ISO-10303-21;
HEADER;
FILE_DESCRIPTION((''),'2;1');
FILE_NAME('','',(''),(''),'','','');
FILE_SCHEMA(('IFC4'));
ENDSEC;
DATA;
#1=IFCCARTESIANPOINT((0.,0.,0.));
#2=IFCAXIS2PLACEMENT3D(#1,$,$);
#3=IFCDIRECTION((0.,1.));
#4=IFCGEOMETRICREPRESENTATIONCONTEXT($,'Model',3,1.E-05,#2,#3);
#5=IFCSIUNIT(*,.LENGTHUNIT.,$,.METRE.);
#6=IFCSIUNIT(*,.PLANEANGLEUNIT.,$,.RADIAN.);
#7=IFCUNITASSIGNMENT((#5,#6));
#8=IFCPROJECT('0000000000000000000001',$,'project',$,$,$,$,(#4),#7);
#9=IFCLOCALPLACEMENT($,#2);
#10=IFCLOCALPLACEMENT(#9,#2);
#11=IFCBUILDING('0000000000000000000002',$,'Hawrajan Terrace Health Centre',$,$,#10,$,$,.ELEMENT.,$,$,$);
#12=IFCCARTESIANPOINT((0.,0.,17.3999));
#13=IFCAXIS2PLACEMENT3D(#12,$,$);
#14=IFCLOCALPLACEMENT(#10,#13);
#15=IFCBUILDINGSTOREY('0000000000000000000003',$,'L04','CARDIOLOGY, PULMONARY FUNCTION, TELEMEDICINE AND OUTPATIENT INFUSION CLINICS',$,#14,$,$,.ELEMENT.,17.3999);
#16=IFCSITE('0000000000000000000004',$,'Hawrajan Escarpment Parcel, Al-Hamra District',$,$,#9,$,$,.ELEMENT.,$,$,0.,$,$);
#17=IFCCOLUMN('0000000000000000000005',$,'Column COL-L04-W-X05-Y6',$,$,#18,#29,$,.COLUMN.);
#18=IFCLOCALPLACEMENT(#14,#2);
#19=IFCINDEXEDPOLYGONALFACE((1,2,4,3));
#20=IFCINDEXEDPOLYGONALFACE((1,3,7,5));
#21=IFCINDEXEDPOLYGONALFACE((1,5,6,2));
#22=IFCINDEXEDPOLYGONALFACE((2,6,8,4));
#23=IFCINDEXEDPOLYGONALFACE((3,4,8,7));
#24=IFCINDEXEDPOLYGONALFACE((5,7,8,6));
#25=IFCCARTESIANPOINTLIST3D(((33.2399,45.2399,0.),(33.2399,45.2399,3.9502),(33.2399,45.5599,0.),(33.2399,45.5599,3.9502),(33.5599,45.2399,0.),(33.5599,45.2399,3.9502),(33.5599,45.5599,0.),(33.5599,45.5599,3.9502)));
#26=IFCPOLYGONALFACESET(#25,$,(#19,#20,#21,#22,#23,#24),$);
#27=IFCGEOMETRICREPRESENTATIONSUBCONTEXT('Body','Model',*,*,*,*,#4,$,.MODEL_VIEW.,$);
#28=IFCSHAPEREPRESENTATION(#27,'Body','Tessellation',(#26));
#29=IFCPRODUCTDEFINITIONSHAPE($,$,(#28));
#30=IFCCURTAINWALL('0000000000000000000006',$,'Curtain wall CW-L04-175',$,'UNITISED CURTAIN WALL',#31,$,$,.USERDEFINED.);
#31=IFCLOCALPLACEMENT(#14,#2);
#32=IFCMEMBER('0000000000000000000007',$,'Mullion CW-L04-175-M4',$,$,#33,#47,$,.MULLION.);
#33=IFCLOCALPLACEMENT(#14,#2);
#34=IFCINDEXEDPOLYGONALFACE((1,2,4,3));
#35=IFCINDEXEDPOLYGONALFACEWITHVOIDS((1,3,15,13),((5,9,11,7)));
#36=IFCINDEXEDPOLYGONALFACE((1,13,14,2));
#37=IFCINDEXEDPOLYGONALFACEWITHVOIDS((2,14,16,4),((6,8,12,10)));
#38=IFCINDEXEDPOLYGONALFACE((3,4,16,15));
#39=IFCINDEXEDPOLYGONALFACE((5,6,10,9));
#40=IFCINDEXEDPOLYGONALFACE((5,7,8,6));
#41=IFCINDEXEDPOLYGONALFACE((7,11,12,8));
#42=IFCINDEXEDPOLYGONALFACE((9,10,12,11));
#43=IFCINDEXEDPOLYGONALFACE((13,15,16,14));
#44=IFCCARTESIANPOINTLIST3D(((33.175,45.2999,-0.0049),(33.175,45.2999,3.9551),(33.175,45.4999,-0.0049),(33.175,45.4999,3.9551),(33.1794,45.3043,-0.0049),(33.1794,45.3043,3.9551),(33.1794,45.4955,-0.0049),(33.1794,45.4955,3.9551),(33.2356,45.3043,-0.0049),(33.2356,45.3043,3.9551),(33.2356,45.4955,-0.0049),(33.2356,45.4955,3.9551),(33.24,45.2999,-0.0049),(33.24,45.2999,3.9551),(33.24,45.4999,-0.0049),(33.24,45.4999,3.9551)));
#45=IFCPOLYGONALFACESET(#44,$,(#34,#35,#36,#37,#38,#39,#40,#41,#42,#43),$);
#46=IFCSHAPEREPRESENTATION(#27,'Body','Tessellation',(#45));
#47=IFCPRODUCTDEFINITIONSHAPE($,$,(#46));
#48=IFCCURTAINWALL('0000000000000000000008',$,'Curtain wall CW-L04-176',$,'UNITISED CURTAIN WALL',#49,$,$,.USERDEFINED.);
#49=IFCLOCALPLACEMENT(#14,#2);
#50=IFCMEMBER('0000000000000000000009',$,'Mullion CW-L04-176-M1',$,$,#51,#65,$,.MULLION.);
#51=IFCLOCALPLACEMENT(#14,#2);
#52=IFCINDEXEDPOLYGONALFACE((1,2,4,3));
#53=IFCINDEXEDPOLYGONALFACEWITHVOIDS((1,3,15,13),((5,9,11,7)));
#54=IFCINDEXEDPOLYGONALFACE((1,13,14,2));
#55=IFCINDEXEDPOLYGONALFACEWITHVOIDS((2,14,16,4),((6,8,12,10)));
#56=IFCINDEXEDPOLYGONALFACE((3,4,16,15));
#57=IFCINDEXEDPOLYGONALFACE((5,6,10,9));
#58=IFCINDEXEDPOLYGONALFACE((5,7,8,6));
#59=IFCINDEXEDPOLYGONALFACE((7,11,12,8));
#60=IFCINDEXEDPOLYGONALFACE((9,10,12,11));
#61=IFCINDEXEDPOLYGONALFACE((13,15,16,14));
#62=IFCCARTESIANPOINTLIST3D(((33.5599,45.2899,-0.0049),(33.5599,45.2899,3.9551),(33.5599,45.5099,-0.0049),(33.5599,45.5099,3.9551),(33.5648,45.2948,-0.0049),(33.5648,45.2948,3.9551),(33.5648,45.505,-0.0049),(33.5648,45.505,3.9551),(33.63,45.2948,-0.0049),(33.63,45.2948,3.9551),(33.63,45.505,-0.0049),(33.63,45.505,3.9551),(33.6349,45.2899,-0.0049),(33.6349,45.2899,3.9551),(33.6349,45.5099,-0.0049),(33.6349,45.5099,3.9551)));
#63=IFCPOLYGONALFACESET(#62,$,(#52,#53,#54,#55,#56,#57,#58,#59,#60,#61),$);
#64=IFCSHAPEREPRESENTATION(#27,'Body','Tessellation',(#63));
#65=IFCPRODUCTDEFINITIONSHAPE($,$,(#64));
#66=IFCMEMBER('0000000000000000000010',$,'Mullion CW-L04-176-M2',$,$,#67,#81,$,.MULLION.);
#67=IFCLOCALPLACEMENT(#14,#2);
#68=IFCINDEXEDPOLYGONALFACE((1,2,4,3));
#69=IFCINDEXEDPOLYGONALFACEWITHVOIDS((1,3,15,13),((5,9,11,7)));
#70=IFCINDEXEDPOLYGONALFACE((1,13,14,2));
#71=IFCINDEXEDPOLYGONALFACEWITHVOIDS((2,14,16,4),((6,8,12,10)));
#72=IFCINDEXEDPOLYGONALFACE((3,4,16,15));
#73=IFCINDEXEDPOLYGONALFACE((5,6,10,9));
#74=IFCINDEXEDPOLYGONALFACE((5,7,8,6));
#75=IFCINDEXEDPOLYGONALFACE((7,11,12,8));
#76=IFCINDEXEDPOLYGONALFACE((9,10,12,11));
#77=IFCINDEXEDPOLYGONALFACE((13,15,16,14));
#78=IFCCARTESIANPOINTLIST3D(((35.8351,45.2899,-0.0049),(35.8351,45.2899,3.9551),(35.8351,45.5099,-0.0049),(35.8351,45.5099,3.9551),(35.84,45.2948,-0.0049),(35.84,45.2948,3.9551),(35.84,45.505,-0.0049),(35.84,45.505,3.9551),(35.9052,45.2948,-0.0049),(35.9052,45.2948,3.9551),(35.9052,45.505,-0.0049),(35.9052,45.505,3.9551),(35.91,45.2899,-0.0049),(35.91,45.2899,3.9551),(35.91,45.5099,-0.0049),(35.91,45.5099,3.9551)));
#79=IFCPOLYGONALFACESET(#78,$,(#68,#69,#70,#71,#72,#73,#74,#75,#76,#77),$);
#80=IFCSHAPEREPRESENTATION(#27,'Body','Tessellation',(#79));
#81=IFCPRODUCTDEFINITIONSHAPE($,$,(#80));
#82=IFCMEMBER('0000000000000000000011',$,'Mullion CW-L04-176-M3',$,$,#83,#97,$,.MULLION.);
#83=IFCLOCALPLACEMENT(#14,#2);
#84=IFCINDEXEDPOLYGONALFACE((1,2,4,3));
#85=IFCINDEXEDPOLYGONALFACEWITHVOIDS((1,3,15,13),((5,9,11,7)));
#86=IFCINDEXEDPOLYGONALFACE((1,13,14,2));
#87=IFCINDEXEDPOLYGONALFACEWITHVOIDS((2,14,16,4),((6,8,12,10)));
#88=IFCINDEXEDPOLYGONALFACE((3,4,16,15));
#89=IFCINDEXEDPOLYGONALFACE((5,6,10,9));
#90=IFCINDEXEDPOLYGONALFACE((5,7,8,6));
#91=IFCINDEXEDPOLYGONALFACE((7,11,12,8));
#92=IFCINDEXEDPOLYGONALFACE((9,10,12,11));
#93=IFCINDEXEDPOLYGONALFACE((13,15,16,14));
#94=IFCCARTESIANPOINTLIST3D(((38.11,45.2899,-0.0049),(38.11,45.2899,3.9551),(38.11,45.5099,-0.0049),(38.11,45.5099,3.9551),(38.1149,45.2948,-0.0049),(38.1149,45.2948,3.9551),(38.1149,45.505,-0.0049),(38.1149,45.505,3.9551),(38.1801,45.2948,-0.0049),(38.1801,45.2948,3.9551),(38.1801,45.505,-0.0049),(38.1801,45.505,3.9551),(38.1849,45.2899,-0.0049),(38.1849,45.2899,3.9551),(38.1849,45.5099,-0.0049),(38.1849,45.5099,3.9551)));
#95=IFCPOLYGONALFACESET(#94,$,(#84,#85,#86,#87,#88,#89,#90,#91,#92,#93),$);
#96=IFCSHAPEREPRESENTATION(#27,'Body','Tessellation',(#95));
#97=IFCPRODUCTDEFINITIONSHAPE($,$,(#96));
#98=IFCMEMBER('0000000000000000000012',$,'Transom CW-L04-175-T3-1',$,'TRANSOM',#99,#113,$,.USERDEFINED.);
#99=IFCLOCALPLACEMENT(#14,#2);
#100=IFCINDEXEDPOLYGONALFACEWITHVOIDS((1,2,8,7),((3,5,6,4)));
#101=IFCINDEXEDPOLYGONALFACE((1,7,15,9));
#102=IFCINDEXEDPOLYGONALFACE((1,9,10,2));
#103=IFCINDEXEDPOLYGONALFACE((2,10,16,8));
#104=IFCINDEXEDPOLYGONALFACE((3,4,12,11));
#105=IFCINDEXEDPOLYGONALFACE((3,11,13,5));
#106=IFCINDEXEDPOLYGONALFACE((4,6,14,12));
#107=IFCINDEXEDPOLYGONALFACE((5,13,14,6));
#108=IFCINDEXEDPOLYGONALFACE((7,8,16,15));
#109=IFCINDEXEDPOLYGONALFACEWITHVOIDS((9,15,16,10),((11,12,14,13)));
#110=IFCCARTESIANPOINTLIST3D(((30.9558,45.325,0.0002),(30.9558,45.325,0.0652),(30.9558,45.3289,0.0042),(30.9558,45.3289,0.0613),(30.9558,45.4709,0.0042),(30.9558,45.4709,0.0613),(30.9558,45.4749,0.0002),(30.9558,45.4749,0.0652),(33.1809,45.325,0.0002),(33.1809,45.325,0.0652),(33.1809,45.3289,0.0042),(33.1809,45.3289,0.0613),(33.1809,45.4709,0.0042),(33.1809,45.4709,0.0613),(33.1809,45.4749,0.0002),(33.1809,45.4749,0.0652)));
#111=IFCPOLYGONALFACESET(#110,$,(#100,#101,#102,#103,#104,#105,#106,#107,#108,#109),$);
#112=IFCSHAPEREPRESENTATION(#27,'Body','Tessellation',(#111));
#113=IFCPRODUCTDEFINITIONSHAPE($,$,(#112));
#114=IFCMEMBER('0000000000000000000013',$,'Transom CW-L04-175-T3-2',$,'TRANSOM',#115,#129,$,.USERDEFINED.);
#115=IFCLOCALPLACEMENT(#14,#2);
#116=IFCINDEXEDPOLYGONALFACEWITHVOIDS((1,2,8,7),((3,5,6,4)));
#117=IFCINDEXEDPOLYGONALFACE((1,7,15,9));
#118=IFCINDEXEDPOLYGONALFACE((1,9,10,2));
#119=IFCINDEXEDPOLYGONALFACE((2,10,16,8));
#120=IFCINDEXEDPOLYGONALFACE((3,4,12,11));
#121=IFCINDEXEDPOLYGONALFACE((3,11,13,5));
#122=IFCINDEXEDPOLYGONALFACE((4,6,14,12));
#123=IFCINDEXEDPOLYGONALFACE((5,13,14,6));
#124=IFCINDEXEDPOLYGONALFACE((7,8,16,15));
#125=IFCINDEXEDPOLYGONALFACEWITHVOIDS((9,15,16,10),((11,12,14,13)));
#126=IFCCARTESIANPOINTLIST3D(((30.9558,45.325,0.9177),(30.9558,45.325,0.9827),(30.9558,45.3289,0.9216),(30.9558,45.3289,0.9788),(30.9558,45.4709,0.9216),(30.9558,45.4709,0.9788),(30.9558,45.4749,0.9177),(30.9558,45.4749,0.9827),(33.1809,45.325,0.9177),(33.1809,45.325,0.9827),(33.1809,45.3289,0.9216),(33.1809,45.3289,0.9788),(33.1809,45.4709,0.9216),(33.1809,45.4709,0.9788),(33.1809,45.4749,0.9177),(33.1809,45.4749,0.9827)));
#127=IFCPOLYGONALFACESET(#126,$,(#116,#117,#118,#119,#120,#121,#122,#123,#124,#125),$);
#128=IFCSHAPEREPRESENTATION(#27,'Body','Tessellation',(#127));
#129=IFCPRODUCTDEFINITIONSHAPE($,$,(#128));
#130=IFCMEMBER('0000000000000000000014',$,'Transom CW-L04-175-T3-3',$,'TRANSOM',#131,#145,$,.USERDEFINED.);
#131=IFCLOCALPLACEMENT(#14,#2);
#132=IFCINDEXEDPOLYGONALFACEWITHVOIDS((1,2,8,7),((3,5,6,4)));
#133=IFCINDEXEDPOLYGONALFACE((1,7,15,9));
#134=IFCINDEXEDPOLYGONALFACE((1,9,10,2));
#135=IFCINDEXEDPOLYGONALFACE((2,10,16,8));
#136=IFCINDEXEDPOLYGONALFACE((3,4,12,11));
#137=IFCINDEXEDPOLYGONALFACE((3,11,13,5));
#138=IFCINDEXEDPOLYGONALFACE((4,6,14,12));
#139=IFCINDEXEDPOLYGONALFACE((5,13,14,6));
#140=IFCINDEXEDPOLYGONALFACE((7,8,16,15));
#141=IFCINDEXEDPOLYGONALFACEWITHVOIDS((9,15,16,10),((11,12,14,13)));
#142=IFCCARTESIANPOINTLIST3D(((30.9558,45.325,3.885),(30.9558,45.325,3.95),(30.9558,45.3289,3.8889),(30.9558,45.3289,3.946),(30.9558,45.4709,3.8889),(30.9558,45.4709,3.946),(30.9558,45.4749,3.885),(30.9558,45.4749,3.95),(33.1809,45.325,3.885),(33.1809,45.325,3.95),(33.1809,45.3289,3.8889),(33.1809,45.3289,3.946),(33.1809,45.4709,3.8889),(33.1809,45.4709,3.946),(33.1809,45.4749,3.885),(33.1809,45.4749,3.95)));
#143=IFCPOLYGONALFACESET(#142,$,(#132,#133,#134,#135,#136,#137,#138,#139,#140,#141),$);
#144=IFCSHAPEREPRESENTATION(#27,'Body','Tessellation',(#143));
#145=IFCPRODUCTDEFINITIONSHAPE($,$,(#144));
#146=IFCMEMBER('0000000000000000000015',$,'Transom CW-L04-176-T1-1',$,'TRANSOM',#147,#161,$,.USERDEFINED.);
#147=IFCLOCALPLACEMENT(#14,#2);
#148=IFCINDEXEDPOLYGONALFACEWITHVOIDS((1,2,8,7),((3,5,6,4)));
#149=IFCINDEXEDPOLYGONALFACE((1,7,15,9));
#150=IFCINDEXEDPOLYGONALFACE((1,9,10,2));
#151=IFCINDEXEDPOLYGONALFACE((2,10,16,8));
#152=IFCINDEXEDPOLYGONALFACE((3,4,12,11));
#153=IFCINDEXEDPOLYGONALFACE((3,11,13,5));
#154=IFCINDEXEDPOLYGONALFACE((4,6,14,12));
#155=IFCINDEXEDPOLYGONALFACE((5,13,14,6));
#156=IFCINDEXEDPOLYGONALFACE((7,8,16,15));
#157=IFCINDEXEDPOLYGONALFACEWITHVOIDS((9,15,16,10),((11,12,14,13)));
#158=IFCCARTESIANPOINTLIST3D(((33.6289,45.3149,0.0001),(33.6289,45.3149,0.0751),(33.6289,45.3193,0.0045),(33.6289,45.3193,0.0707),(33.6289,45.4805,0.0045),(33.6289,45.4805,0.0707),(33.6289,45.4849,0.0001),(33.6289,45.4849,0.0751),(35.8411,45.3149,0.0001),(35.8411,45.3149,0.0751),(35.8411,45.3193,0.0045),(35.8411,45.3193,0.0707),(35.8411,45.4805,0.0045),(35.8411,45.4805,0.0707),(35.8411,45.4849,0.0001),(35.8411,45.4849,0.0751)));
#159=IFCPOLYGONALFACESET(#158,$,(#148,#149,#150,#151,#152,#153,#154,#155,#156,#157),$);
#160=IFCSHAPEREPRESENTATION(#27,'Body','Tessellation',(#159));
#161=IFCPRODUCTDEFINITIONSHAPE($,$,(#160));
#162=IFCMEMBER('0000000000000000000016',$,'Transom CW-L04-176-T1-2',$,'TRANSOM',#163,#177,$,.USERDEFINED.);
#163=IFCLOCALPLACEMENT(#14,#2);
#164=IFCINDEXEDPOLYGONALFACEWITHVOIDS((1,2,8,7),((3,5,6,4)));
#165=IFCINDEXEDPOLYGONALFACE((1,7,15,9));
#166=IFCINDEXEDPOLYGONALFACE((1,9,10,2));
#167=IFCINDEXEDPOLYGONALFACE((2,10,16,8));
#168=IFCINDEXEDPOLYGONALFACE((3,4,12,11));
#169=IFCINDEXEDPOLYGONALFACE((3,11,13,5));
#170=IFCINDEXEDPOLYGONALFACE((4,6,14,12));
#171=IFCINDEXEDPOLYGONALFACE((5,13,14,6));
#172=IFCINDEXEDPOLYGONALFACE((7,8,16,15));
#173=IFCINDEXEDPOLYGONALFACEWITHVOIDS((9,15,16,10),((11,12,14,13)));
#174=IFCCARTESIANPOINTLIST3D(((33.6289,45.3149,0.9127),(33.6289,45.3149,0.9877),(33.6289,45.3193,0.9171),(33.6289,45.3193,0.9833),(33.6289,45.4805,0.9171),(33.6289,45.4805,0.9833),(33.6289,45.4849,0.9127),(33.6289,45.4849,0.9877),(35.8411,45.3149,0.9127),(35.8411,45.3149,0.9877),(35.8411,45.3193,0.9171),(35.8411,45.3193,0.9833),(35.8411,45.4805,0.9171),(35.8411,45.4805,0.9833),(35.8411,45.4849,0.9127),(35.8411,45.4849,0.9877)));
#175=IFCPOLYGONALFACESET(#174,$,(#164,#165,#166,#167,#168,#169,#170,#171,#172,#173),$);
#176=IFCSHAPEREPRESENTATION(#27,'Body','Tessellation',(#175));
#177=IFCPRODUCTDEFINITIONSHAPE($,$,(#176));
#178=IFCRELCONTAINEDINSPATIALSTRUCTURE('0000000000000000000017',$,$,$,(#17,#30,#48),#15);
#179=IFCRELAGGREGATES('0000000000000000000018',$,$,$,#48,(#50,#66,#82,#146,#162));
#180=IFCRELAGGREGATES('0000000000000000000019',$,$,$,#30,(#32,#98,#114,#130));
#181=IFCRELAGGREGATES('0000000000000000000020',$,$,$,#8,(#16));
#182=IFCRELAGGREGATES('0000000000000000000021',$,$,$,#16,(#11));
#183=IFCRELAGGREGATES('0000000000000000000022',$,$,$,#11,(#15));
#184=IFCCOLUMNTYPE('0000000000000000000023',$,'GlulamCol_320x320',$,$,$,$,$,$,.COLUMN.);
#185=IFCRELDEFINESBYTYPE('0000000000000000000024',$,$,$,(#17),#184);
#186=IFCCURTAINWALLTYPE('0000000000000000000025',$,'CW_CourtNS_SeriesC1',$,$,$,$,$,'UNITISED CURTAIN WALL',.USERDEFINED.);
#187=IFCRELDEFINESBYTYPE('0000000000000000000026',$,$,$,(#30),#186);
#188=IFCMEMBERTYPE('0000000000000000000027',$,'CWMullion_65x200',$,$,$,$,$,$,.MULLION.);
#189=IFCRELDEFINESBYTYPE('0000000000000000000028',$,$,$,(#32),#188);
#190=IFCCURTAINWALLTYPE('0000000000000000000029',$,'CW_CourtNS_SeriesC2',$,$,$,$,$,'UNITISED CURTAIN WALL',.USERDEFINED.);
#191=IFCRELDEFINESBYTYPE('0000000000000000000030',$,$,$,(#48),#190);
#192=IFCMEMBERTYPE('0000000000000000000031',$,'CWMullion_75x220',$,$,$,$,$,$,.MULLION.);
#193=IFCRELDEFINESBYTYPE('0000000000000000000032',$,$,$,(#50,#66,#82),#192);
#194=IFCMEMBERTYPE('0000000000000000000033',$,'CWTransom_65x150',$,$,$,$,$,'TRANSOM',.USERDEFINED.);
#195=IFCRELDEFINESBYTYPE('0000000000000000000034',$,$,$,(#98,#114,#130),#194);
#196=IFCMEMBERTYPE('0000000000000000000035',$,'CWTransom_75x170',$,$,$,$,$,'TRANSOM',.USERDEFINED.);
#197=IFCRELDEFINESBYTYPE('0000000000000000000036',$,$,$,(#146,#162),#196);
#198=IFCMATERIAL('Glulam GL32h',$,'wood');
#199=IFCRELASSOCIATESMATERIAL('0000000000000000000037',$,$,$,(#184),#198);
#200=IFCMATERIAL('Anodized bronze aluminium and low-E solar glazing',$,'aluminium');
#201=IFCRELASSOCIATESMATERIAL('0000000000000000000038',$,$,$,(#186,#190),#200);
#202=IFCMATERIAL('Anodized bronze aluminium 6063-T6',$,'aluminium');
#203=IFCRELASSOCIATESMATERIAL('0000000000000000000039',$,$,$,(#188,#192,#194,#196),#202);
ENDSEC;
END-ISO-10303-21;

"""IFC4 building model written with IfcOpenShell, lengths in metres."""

from ifc_helpers import new_model, si_unit, direction, frame, origin, origin_2d, place, context, subcontext, project, spatial, rectangle, hollow_rectangle, extrude, material, material_profile, profile_set, type_object, element, aggregate, save


model = new_model("IFC4")

# Units and contexts
model_context = context("Model", 3, precision=1e-05, world=origin(), true_north=direction((0.0, 1.0)))
body_context = subcontext(model_context, "Body", "Model", "MODEL_VIEW")
ifc_project = project(units=[si_unit("LENGTHUNIT", "METRE"), si_unit("PLANEANGLEUNIT", "RADIAN")], contexts=[model_context])

# Site, building, storey
site_placement = place(None, origin())
site = spatial("IfcSite", under=ifc_project, at=site_placement, Name="Hawrajan Escarpment Parcel, Al-Hamra District", CompositionType="ELEMENT", RefElevation=0.0)
building_placement = place(site_placement, origin())
building = spatial("IfcBuilding", under=site, at=building_placement, Name="Hawrajan Terrace Health Centre", CompositionType="ELEMENT")
storey_placement = place(building_placement, frame((0.0, 0.0, 17.3999)))
storey = spatial("IfcBuildingStorey", under=building, at=storey_placement, Name="L04", Description="CARDIOLOGY, PULMONARY FUNCTION, TELEMEDICINE AND OUTPATIENT INFUSION CLINICS", CompositionType="ELEMENT", Elevation=17.3999)

# Column
ifc_material_1 = material(Name="Glulam GL32h", Category="wood")
ifc_material_profile_1 = material_profile(ifc_material_1, rectangle(XDim=0.3201, YDim=0.3201, at=origin_2d()), Name="GL 320x320")
ifc_profile_set_1 = profile_set([ifc_material_profile_1], Name="Glulam GL32h")
column_type = type_object("IfcColumnType", Name="GlulamCol_320x320", PredefinedType="COLUMN", material=ifc_profile_set_1)
column_placement = place(storey_placement, frame((33.3999, 45.3999, 0.0), z_axis=(0.0, 0.0, 1.0), x_axis=(1.0, 0.0, 0.0)))
element("IfcColumn", 1, at=column_placement, inside=storey, type_object=column_type, Name="Column COL-L04-W-X05-Y6", PredefinedType="COLUMN", context=body_context, shape_type="SweptSolid", body=[
    extrude(rectangle(XDim=0.3201, YDim=0.3201, at=origin_2d()), origin(), (0.0, 0.0, 1.0), 3.9502),
])

# Curtain wall, member
ifc_material_2 = material(Name="Anodized bronze aluminium and low-E solar glazing", Category="aluminium")
curtain_wall_type_1 = type_object("IfcCurtainWallType", Name="CW_CourtNS_SeriesC1", ElementType="UNITISED CURTAIN WALL", PredefinedType="USERDEFINED", material=ifc_material_2)
curtain_wall_1_placement = place(storey_placement, origin())
curtain_wall_1 = element("IfcCurtainWall", 2, at=curtain_wall_1_placement, inside=storey, type_object=curtain_wall_type_1, Name="Curtain wall CW-L04-175", ObjectType="UNITISED CURTAIN WALL", PredefinedType="USERDEFINED")
ifc_material_3 = material(Name="Anodized bronze aluminium 6063-T6", Category="aluminium")
ifc_material_profile_2 = material_profile(ifc_material_3, hollow_rectangle(XDim=0.0649, YDim=0.2, WallThickness=0.0044, at=origin_2d()), Name="CW MUL 65x200")
ifc_profile_set_2 = profile_set([ifc_material_profile_2], Name="Anodized bronze aluminium 6063-T6")
member_type_1 = type_object("IfcMemberType", Name="CWMullion_65x200", PredefinedType="MULLION", material=ifc_profile_set_2)
member_1_placement = place(storey_placement, frame((33.2075, 45.3999, -0.0049), z_axis=(0.0, 0.0, 1.0), x_axis=(1.0, 0.0, 0.0)))
member_1 = element("IfcMember", 3, at=member_1_placement, type_object=member_type_1, Name="Mullion CW-L04-175-M4", PredefinedType="MULLION", context=body_context, shape_type="SweptSolid", body=[
    extrude(hollow_rectangle(XDim=0.0649, YDim=0.2, WallThickness=0.0044, at=origin_2d()), origin(), (0.0, 0.0, 1.0), 3.96),
])

# Curtain wall, members
curtain_wall_type_2 = type_object("IfcCurtainWallType", Name="CW_CourtNS_SeriesC2", ElementType="UNITISED CURTAIN WALL", PredefinedType="USERDEFINED", material=ifc_material_2)
curtain_wall_2_placement = place(storey_placement, origin())
curtain_wall_2 = element("IfcCurtainWall", 4, at=curtain_wall_2_placement, inside=storey, type_object=curtain_wall_type_2, Name="Curtain wall CW-L04-176", ObjectType="UNITISED CURTAIN WALL", PredefinedType="USERDEFINED")
ifc_material_profile_3 = material_profile(ifc_material_3, hollow_rectangle(XDim=0.075, YDim=0.22, WallThickness=0.0049, at=origin_2d()), Name="CW MUL 75x220")
ifc_profile_set_3 = profile_set([ifc_material_profile_3], Name="Anodized bronze aluminium 6063-T6")
member_type_2 = type_object("IfcMemberType", Name="CWMullion_75x220", PredefinedType="MULLION", material=ifc_profile_set_3)
member_2_placement = place(storey_placement, frame((33.5974, 45.3999, -0.0049), z_axis=(0.0, 0.0, 1.0), x_axis=(1.0, 0.0, 0.0)))
member_2 = element("IfcMember", 5, at=member_2_placement, type_object=member_type_2, Name="Mullion CW-L04-176-M1", PredefinedType="MULLION", context=body_context, shape_type="SweptSolid", body=[
    extrude(hollow_rectangle(XDim=0.075, YDim=0.22, WallThickness=0.0049, at=origin_2d()), origin(), (0.0, 0.0, 1.0), 3.96),
])
member_3_placement = place(storey_placement, frame((35.8726, 45.3999, -0.0049), z_axis=(0.0, 0.0, 1.0), x_axis=(1.0, 0.0, 0.0)))
member_3 = element("IfcMember", 6, at=member_3_placement, type_object=member_type_2, Name="Mullion CW-L04-176-M2", PredefinedType="MULLION", context=body_context, shape_type="SweptSolid", body=[
    extrude(hollow_rectangle(XDim=0.075, YDim=0.22, WallThickness=0.0049, at=origin_2d()), origin(), (0.0, 0.0, 1.0), 3.96),
])
member_4_placement = place(storey_placement, frame((38.1475, 45.3999, -0.0049), z_axis=(0.0, 0.0, 1.0), x_axis=(1.0, 0.0, 0.0)))
member_4 = element("IfcMember", 7, at=member_4_placement, type_object=member_type_2, Name="Mullion CW-L04-176-M3", PredefinedType="MULLION", context=body_context, shape_type="SweptSolid", body=[
    extrude(hollow_rectangle(XDim=0.075, YDim=0.22, WallThickness=0.0049, at=origin_2d()), origin(), (0.0, 0.0, 1.0), 3.96),
])

# Members
ifc_material_profile_4 = material_profile(ifc_material_3, hollow_rectangle(XDim=0.0649, YDim=0.1499, WallThickness=0.0039, at=origin_2d()), Name="CW TRN 65x150")
ifc_profile_set_4 = profile_set([ifc_material_profile_4], Name="Anodized bronze aluminium 6063-T6")
member_type_3 = type_object("IfcMemberType", Name="CWTransom_65x150", ElementType="TRANSOM", PredefinedType="USERDEFINED", material=ifc_profile_set_4)
member_5_placement = place(storey_placement, frame((30.9558, 45.3999, 0.0327), z_axis=(1.0, 0.0, 0.0), x_axis=(0.0, 0.0, 1.0)))
member_5 = element("IfcMember", 8, at=member_5_placement, type_object=member_type_3, Name="Transom CW-L04-175-T3-1", ObjectType="TRANSOM", PredefinedType="USERDEFINED", context=body_context, shape_type="SweptSolid", body=[
    extrude(hollow_rectangle(XDim=0.0649, YDim=0.1499, WallThickness=0.0039, at=origin_2d()), origin(), (0.0, 0.0, 1.0), 2.2251),
])
member_6_placement = place(storey_placement, frame((30.9558, 45.3999, 0.9502), z_axis=(1.0, 0.0, 0.0), x_axis=(0.0, 0.0, 1.0)))
member_6 = element("IfcMember", 9, at=member_6_placement, type_object=member_type_3, Name="Transom CW-L04-175-T3-2", ObjectType="TRANSOM", PredefinedType="USERDEFINED", context=body_context, shape_type="SweptSolid", body=[
    extrude(hollow_rectangle(XDim=0.0649, YDim=0.1499, WallThickness=0.0039, at=origin_2d()), origin(), (0.0, 0.0, 1.0), 2.2251),
])
member_7_placement = place(storey_placement, frame((30.9558, 45.3999, 3.9175), z_axis=(1.0, 0.0, 0.0), x_axis=(0.0, 0.0, 1.0)))
member_7 = element("IfcMember", 10, at=member_7_placement, type_object=member_type_3, Name="Transom CW-L04-175-T3-3", ObjectType="TRANSOM", PredefinedType="USERDEFINED", context=body_context, shape_type="SweptSolid", body=[
    extrude(hollow_rectangle(XDim=0.0649, YDim=0.1499, WallThickness=0.0039, at=origin_2d()), origin(), (0.0, 0.0, 1.0), 2.2251),
])
ifc_material_profile_5 = material_profile(ifc_material_3, hollow_rectangle(XDim=0.075, YDim=0.1699, WallThickness=0.0044, at=origin_2d()), Name="CW TRN 75x170")
ifc_profile_set_5 = profile_set([ifc_material_profile_5], Name="Anodized bronze aluminium 6063-T6")
member_type_4 = type_object("IfcMemberType", Name="CWTransom_75x170", ElementType="TRANSOM", PredefinedType="USERDEFINED", material=ifc_profile_set_5)
member_8_placement = place(storey_placement, frame((33.6289, 45.3999, 0.0376), z_axis=(1.0, 0.0, 0.0), x_axis=(0.0, 0.0, 1.0)))
member_8 = element("IfcMember", 11, at=member_8_placement, type_object=member_type_4, Name="Transom CW-L04-176-T1-1", ObjectType="TRANSOM", PredefinedType="USERDEFINED", context=body_context, shape_type="SweptSolid", body=[
    extrude(hollow_rectangle(XDim=0.075, YDim=0.1699, WallThickness=0.0044, at=origin_2d()), origin(), (0.0, 0.0, 1.0), 2.2122),
])
member_9_placement = place(storey_placement, frame((33.6289, 45.3999, 0.9502), z_axis=(1.0, 0.0, 0.0), x_axis=(0.0, 0.0, 1.0)))
member_9 = element("IfcMember", 12, at=member_9_placement, type_object=member_type_4, Name="Transom CW-L04-176-T1-2", ObjectType="TRANSOM", PredefinedType="USERDEFINED", context=body_context, shape_type="SweptSolid", body=[
    extrude(hollow_rectangle(XDim=0.075, YDim=0.1699, WallThickness=0.0044, at=origin_2d()), origin(), (0.0, 0.0, 1.0), 2.2122),
])

aggregate(curtain_wall_2, [member_2, member_3, member_4, member_8, member_9])
aggregate(curtain_wall_1, [member_1, member_5, member_6, member_7])

save(model, "model.ifc")
